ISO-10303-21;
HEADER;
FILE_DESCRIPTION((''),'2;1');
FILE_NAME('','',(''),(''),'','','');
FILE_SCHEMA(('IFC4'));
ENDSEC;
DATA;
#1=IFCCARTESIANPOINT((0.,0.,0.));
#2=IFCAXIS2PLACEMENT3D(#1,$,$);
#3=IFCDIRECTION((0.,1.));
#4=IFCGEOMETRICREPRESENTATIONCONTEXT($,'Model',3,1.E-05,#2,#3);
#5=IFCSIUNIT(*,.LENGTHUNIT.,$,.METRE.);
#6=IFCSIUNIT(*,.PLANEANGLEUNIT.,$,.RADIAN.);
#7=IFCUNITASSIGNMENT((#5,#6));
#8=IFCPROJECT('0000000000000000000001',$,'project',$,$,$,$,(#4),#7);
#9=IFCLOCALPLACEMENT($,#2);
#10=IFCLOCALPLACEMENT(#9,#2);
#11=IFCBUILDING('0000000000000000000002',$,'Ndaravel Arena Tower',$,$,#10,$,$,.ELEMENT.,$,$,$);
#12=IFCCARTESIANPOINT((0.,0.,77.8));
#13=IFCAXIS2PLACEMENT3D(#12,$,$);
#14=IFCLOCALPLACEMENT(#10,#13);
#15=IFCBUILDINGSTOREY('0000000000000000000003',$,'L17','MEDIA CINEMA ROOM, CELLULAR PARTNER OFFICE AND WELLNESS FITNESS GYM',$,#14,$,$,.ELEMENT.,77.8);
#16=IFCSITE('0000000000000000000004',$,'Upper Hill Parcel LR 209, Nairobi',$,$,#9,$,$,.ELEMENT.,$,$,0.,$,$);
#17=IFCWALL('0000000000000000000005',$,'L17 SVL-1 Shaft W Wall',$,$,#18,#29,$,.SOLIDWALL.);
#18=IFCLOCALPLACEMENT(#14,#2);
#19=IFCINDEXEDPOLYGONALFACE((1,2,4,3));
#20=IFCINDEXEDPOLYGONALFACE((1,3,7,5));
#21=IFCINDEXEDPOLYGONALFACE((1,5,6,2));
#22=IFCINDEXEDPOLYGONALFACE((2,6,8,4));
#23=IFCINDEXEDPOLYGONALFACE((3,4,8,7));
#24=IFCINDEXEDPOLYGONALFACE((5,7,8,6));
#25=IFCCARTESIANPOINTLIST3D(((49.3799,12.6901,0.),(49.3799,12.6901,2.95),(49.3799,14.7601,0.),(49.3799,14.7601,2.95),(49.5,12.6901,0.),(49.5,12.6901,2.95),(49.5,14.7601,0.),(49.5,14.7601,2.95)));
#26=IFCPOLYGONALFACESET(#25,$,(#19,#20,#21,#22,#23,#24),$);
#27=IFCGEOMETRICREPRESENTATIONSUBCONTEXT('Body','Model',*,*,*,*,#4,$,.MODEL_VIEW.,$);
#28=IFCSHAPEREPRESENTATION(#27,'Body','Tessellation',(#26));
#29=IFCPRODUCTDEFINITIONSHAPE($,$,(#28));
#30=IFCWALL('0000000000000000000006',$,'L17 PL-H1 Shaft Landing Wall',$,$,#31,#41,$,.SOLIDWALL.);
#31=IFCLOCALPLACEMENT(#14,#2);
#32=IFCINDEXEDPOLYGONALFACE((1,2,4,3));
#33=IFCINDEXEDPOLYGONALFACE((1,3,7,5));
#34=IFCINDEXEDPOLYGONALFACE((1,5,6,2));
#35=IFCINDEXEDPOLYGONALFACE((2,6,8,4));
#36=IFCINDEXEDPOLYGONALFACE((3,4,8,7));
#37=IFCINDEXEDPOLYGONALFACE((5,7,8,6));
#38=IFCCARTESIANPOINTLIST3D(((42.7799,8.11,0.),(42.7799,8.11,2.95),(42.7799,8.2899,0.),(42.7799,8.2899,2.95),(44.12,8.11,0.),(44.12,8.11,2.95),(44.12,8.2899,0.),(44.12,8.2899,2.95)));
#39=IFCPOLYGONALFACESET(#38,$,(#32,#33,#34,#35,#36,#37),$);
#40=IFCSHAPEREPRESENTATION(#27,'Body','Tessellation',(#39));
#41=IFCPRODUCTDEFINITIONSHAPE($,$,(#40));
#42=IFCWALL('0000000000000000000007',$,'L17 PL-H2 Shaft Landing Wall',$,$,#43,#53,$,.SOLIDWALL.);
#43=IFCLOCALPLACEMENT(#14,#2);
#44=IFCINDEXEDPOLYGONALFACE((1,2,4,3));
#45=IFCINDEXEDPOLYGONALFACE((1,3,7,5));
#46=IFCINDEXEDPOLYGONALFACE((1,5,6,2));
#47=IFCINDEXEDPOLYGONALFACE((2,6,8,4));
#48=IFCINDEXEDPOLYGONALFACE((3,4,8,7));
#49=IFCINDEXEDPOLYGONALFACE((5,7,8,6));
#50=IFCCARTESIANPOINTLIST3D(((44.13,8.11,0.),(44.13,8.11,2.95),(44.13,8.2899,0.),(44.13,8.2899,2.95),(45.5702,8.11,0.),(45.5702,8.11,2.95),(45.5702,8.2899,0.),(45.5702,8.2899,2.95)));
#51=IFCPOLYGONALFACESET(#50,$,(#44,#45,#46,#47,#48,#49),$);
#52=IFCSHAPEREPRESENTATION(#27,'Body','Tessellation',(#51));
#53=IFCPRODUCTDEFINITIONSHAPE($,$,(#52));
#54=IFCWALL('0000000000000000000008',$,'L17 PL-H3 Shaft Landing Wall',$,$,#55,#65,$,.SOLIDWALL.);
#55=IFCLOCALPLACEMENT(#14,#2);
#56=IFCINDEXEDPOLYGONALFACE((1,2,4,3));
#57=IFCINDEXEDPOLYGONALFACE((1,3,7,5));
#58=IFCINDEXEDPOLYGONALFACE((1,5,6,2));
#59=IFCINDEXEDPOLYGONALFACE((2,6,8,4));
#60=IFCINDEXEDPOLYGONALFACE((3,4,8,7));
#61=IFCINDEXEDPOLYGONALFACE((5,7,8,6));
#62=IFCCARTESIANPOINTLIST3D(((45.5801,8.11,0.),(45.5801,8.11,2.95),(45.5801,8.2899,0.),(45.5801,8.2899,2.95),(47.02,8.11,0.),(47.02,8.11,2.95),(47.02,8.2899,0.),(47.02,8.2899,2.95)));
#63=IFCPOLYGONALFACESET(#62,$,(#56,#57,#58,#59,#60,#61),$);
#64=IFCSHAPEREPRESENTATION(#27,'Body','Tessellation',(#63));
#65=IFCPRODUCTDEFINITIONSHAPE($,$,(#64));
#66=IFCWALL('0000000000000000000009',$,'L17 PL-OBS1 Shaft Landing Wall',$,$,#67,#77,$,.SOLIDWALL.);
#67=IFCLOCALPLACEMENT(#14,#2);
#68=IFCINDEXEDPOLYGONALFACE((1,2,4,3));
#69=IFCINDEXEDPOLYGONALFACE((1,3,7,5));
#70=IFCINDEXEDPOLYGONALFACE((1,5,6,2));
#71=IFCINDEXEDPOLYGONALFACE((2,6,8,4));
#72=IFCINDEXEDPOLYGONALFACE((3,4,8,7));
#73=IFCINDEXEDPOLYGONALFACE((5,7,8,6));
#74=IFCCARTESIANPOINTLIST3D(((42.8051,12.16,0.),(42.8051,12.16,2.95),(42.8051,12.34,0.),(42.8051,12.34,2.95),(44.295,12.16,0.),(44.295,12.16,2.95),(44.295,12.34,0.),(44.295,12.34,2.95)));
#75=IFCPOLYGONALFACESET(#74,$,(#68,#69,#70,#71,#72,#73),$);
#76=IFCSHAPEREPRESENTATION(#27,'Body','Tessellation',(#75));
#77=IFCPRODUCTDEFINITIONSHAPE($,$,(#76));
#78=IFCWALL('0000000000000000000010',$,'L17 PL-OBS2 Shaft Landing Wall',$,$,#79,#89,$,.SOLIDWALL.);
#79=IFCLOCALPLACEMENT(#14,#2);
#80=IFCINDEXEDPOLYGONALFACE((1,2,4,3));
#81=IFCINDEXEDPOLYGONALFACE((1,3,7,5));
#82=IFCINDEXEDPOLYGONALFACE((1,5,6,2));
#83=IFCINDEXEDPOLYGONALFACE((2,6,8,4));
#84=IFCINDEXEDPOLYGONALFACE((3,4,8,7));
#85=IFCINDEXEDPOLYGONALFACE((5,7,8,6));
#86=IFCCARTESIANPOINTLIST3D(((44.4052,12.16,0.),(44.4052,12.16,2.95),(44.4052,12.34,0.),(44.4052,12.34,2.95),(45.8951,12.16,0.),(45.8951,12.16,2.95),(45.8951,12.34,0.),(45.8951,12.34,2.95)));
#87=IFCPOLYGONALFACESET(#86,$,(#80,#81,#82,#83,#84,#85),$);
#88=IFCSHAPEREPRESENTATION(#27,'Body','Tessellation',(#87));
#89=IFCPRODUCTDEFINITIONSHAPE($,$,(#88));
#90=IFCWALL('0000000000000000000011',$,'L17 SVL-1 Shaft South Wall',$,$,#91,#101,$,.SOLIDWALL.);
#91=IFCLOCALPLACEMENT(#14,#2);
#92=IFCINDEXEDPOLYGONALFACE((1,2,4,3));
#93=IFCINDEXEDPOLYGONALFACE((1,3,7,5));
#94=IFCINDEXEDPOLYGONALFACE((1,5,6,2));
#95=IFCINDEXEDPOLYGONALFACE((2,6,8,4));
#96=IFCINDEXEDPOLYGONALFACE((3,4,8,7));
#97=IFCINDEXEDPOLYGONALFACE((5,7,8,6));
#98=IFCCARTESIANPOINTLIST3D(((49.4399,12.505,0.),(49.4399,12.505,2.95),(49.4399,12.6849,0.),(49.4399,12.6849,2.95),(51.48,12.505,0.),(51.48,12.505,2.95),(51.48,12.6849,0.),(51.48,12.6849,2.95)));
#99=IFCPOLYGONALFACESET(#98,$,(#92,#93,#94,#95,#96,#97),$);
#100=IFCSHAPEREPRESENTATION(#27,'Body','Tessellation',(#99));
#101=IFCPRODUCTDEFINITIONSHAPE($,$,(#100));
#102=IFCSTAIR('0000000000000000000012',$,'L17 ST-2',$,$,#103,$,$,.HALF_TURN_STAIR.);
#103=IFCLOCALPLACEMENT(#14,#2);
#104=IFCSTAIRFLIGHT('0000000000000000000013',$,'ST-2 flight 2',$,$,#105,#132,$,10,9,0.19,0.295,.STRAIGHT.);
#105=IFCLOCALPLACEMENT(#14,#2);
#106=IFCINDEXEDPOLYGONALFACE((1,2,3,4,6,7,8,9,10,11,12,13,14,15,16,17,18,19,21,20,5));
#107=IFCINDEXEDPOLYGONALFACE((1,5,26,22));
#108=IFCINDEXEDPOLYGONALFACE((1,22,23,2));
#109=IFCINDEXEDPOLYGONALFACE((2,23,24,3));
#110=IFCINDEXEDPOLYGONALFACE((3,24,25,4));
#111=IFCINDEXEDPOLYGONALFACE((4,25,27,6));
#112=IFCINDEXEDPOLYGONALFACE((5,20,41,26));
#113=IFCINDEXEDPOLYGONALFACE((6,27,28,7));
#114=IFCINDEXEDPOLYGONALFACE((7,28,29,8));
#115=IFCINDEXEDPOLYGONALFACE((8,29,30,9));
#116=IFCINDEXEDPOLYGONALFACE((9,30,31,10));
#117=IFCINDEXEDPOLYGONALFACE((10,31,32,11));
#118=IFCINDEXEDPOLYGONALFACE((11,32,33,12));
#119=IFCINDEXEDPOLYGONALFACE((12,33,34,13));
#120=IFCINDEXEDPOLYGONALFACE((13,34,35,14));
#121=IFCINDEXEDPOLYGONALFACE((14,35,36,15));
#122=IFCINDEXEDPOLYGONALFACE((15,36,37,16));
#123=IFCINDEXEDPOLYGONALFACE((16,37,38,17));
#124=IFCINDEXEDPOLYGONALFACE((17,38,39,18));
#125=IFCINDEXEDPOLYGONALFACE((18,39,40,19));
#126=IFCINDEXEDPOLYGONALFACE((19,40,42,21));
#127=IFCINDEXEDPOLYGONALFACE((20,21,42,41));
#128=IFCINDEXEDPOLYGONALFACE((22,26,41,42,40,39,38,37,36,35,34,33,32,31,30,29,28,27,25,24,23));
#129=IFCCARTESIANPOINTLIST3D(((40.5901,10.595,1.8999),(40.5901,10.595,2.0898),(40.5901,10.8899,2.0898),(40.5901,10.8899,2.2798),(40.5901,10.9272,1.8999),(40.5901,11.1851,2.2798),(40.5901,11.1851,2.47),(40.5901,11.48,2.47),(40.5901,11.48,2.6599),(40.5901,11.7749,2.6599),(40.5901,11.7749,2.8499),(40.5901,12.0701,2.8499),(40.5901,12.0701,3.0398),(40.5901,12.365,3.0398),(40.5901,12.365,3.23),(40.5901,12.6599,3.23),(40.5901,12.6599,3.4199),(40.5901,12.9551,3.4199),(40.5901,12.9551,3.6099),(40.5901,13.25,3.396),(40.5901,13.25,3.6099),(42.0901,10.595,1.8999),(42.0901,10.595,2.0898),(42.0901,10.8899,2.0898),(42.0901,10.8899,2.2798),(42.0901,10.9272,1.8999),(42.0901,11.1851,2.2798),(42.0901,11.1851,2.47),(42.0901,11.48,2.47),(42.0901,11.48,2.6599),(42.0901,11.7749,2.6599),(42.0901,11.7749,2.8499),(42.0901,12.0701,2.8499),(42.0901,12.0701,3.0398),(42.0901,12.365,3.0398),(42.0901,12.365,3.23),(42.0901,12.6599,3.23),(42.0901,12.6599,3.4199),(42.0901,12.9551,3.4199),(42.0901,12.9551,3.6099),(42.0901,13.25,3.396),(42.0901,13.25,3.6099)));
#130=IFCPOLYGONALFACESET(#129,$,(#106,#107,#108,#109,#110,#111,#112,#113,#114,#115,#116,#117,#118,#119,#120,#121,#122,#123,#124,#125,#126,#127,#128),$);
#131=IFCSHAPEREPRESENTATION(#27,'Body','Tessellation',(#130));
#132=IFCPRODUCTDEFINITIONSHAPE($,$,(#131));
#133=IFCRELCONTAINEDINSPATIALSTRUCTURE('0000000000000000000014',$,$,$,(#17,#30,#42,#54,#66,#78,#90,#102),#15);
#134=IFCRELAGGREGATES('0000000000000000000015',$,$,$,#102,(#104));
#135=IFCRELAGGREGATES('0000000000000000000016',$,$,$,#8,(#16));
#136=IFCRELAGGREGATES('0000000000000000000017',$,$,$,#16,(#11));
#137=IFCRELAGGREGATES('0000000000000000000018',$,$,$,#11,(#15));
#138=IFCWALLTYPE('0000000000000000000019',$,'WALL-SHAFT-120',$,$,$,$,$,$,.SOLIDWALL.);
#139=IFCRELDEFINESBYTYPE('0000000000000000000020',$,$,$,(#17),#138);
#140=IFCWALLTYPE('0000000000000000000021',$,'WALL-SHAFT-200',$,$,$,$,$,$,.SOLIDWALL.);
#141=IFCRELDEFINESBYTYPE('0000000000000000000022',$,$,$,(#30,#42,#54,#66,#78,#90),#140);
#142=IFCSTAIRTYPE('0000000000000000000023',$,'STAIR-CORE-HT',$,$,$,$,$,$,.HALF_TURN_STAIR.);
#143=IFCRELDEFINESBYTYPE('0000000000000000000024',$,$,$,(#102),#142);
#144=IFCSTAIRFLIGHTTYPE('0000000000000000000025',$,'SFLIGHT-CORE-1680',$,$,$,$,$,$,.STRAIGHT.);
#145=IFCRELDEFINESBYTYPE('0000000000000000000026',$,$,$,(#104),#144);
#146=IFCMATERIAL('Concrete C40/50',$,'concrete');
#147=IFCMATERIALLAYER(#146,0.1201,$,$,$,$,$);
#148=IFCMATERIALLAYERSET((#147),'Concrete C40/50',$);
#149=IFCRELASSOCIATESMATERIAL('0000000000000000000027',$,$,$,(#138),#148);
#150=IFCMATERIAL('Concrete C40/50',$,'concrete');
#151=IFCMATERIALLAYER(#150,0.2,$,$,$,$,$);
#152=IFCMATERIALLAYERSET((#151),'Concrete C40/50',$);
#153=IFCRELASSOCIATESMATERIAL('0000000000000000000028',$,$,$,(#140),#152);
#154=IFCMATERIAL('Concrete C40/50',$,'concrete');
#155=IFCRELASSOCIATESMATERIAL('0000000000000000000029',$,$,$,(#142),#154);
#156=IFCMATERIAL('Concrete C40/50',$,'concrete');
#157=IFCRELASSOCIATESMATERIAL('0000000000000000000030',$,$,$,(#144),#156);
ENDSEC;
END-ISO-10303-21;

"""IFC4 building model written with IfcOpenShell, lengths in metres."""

from ifc_helpers import new_model, si_unit, direction, frame, frame_2d, origin, place, context, subcontext, project, spatial, polyline, rectangle, outline, extrude, material, layer, layer_set, type_object, element, aggregate, save


model = new_model("IFC4")

# Units and contexts
model_context = context("Model", 3, precision=1e-05, world=origin(), true_north=direction((0.0, 1.0)))
body_context = subcontext(model_context, "Body", "Model", "MODEL_VIEW")
ifc_project = project(units=[si_unit("LENGTHUNIT", "METRE"), si_unit("PLANEANGLEUNIT", "RADIAN")], contexts=[model_context])

# Site, building, storey
site_placement = place(None, origin())
site = spatial("IfcSite", under=ifc_project, at=site_placement, Name="Upper Hill Parcel LR 209, Nairobi", CompositionType="ELEMENT", RefElevation=0.0)
building_placement = place(site_placement, origin())
building = spatial("IfcBuilding", under=site, at=building_placement, Name="Ndaravel Arena Tower", CompositionType="ELEMENT")
storey_placement = place(building_placement, frame((0.0, 0.0, 77.8)))
storey = spatial("IfcBuildingStorey", under=building, at=storey_placement, Name="L17", Description="MEDIA CINEMA ROOM, CELLULAR PARTNER OFFICE AND WELLNESS FITNESS GYM", CompositionType="ELEMENT", Elevation=77.8)

# Walls
ifc_material_1 = material(Name="Concrete C40/50", Category="concrete")
ifc_layer_1 = layer(ifc_material_1, 0.1201)
ifc_layer_set_1 = layer_set([ifc_layer_1], Name="Concrete C40/50")
wall_type_1 = type_object("IfcWallType", Name="WALL-SHAFT-120", PredefinedType="SOLIDWALL", material=ifc_layer_set_1)
wall_1_placement = place(storey_placement, frame((49.4399, 12.6899, 0.0), z_axis=(0.0, 0.0, 1.0), x_axis=(0.0, 1.0, 0.0)))
element("IfcWall", 1, at=wall_1_placement, inside=storey, type_object=wall_type_1, Name="L17 SVL-1 Shaft W Wall", PredefinedType="SOLIDWALL", context=body_context, shape_type="SweptSolid", body=[
    extrude(rectangle(XDim=2.0701, YDim=0.1201, at=frame_2d((1.0352, 0.0))), origin(), (0.0, 0.0, 1.0), 2.95),
])
ifc_material_2 = material(Name="Concrete C40/50", Category="concrete")
ifc_layer_2 = layer(ifc_material_2, 0.2)
ifc_layer_set_2 = layer_set([ifc_layer_2], Name="Concrete C40/50")
wall_type_2 = type_object("IfcWallType", Name="WALL-SHAFT-200", PredefinedType="SOLIDWALL", material=ifc_layer_set_2)
wall_2_placement = place(storey_placement, frame((42.78, 8.2, 0.0), z_axis=(0.0, 0.0, 1.0), x_axis=(1.0, 0.0, 0.0)))
element("IfcWall", 2, at=wall_2_placement, inside=storey, type_object=wall_type_2, Name="L17 PL-H1 Shaft Landing Wall", PredefinedType="SOLIDWALL", context=body_context, shape_type="SweptSolid", body=[
    extrude(rectangle(XDim=1.3401, YDim=0.1799, at=frame_2d((0.6699, 0.0))), origin(), (0.0, 0.0, 1.0), 2.95),
])
wall_3_placement = place(storey_placement, frame((44.1299, 8.2, 0.0), z_axis=(0.0, 0.0, 1.0), x_axis=(1.0, 0.0, 0.0)))
element("IfcWall", 3, at=wall_3_placement, inside=storey, type_object=wall_type_2, Name="L17 PL-H2 Shaft Landing Wall", PredefinedType="SOLIDWALL", context=body_context, shape_type="SweptSolid", body=[
    extrude(rectangle(XDim=1.4402, YDim=0.1799, at=frame_2d((0.7202, 0.0))), origin(), (0.0, 0.0, 1.0), 2.95),
])
wall_4_placement = place(storey_placement, frame((45.5801, 8.2, 0.0), z_axis=(0.0, 0.0, 1.0), x_axis=(1.0, 0.0, 0.0)))
element("IfcWall", 4, at=wall_4_placement, inside=storey, type_object=wall_type_2, Name="L17 PL-H3 Shaft Landing Wall", PredefinedType="SOLIDWALL", context=body_context, shape_type="SweptSolid", body=[
    extrude(rectangle(XDim=1.4399, YDim=0.1799, at=frame_2d((0.72, 0.0))), origin(), (0.0, 0.0, 1.0), 2.95),
])
for number, where, z_axis, x_axis, name in (
    (5, (42.8049, 12.25, 0.0), (0.0, 0.0, 1.0), (1.0, 0.0, 0.0), "L17 PL-OBS1 Shaft Landing Wall"),
    (6, (44.405, 12.25, 0.0), (0.0, 0.0, 1.0), (1.0, 0.0, 0.0), "L17 PL-OBS2 Shaft Landing Wall"),
):
    element("IfcWall", number, at=place(storey_placement, frame(where, z_axis=z_axis, x_axis=x_axis)), inside=storey, type_object=wall_type_2, Name=name, PredefinedType="SOLIDWALL", context=body_context, shape_type="SweptSolid", body=[
        extrude(rectangle(XDim=1.49, YDim=0.1799, at=frame_2d((0.7451, 0.0))), origin(), (0.0, 0.0, 1.0), 2.95),
    ])

# Wall
wall_5_placement = place(storey_placement, frame((49.4399, 12.595, 0.0), z_axis=(0.0, 0.0, 1.0), x_axis=(1.0, 0.0, 0.0)))
element("IfcWall", 7, at=wall_5_placement, inside=storey, type_object=wall_type_2, Name="L17 SVL-1 Shaft South Wall", PredefinedType="SOLIDWALL", context=body_context, shape_type="SweptSolid", body=[
    extrude(rectangle(XDim=2.04, YDim=0.1799, at=frame_2d((1.02, 0.0))), origin(), (0.0, 0.0, 1.0), 2.95),
])

# Stair, stair flight
ifc_material_3 = material(Name="Concrete C40/50", Category="concrete")
stair_type = type_object("IfcStairType", Name="STAIR-CORE-HT", PredefinedType="HALF_TURN_STAIR", material=ifc_material_3)
stair_placement = place(storey_placement, origin())
stair = element("IfcStair", 8, at=stair_placement, inside=storey, type_object=stair_type, Name="L17 ST-2", PredefinedType="HALF_TURN_STAIR")
ifc_material_4 = material(Name="Concrete C40/50", Category="concrete")
stair_flight_type = type_object("IfcStairFlightType", Name="SFLIGHT-CORE-1680", PredefinedType="STRAIGHT", material=ifc_material_4)
stair_flight_placement = place(storey_placement, frame((41.3401, 10.595, 1.8999), z_axis=(0.0, 0.0, 1.0), x_axis=(0.0, 1.0, 0.0)))
stair_flight = element("IfcStairFlight", 9, at=stair_flight_placement, type_object=stair_flight_type, Name="ST-2 flight 2", NumberOfRisers=10, NumberOfTreads=9, PredefinedType="STRAIGHT", RiserHeight=0.19, TreadLength=0.295, context=body_context, shape_type="SweptSolid", body=[
    extrude(outline(polyline([(0.0, 0.0), (0.0, 0.1899), (0.2949, 0.1899), (0.2949, 0.3799), (0.5901, 0.3799), (0.5901, 0.5701), (0.885, 0.5701), (0.885, 0.76), (1.1799, 0.76), (1.1799, 0.95), (1.4751, 0.95), (1.4751, 1.1399), (1.77, 1.1399), (1.77, 1.3301), (2.0649, 1.3301), (2.0649, 1.52), (2.3601, 1.52), (2.3601, 1.71), (2.655, 1.71), (2.655, 1.8999), (2.655, 1.4961), (0.3323, 0.0), (0.0, 0.0)])), frame((0.0, 0.75, 0.0), z_axis=(0.0, -1.0, 0.0), x_axis=(1.0, 0.0, 0.0)), (0.0, 0.0, 1.0), 1.5),
])
aggregate(stair, [stair_flight])

save(model, "model.ifc")
